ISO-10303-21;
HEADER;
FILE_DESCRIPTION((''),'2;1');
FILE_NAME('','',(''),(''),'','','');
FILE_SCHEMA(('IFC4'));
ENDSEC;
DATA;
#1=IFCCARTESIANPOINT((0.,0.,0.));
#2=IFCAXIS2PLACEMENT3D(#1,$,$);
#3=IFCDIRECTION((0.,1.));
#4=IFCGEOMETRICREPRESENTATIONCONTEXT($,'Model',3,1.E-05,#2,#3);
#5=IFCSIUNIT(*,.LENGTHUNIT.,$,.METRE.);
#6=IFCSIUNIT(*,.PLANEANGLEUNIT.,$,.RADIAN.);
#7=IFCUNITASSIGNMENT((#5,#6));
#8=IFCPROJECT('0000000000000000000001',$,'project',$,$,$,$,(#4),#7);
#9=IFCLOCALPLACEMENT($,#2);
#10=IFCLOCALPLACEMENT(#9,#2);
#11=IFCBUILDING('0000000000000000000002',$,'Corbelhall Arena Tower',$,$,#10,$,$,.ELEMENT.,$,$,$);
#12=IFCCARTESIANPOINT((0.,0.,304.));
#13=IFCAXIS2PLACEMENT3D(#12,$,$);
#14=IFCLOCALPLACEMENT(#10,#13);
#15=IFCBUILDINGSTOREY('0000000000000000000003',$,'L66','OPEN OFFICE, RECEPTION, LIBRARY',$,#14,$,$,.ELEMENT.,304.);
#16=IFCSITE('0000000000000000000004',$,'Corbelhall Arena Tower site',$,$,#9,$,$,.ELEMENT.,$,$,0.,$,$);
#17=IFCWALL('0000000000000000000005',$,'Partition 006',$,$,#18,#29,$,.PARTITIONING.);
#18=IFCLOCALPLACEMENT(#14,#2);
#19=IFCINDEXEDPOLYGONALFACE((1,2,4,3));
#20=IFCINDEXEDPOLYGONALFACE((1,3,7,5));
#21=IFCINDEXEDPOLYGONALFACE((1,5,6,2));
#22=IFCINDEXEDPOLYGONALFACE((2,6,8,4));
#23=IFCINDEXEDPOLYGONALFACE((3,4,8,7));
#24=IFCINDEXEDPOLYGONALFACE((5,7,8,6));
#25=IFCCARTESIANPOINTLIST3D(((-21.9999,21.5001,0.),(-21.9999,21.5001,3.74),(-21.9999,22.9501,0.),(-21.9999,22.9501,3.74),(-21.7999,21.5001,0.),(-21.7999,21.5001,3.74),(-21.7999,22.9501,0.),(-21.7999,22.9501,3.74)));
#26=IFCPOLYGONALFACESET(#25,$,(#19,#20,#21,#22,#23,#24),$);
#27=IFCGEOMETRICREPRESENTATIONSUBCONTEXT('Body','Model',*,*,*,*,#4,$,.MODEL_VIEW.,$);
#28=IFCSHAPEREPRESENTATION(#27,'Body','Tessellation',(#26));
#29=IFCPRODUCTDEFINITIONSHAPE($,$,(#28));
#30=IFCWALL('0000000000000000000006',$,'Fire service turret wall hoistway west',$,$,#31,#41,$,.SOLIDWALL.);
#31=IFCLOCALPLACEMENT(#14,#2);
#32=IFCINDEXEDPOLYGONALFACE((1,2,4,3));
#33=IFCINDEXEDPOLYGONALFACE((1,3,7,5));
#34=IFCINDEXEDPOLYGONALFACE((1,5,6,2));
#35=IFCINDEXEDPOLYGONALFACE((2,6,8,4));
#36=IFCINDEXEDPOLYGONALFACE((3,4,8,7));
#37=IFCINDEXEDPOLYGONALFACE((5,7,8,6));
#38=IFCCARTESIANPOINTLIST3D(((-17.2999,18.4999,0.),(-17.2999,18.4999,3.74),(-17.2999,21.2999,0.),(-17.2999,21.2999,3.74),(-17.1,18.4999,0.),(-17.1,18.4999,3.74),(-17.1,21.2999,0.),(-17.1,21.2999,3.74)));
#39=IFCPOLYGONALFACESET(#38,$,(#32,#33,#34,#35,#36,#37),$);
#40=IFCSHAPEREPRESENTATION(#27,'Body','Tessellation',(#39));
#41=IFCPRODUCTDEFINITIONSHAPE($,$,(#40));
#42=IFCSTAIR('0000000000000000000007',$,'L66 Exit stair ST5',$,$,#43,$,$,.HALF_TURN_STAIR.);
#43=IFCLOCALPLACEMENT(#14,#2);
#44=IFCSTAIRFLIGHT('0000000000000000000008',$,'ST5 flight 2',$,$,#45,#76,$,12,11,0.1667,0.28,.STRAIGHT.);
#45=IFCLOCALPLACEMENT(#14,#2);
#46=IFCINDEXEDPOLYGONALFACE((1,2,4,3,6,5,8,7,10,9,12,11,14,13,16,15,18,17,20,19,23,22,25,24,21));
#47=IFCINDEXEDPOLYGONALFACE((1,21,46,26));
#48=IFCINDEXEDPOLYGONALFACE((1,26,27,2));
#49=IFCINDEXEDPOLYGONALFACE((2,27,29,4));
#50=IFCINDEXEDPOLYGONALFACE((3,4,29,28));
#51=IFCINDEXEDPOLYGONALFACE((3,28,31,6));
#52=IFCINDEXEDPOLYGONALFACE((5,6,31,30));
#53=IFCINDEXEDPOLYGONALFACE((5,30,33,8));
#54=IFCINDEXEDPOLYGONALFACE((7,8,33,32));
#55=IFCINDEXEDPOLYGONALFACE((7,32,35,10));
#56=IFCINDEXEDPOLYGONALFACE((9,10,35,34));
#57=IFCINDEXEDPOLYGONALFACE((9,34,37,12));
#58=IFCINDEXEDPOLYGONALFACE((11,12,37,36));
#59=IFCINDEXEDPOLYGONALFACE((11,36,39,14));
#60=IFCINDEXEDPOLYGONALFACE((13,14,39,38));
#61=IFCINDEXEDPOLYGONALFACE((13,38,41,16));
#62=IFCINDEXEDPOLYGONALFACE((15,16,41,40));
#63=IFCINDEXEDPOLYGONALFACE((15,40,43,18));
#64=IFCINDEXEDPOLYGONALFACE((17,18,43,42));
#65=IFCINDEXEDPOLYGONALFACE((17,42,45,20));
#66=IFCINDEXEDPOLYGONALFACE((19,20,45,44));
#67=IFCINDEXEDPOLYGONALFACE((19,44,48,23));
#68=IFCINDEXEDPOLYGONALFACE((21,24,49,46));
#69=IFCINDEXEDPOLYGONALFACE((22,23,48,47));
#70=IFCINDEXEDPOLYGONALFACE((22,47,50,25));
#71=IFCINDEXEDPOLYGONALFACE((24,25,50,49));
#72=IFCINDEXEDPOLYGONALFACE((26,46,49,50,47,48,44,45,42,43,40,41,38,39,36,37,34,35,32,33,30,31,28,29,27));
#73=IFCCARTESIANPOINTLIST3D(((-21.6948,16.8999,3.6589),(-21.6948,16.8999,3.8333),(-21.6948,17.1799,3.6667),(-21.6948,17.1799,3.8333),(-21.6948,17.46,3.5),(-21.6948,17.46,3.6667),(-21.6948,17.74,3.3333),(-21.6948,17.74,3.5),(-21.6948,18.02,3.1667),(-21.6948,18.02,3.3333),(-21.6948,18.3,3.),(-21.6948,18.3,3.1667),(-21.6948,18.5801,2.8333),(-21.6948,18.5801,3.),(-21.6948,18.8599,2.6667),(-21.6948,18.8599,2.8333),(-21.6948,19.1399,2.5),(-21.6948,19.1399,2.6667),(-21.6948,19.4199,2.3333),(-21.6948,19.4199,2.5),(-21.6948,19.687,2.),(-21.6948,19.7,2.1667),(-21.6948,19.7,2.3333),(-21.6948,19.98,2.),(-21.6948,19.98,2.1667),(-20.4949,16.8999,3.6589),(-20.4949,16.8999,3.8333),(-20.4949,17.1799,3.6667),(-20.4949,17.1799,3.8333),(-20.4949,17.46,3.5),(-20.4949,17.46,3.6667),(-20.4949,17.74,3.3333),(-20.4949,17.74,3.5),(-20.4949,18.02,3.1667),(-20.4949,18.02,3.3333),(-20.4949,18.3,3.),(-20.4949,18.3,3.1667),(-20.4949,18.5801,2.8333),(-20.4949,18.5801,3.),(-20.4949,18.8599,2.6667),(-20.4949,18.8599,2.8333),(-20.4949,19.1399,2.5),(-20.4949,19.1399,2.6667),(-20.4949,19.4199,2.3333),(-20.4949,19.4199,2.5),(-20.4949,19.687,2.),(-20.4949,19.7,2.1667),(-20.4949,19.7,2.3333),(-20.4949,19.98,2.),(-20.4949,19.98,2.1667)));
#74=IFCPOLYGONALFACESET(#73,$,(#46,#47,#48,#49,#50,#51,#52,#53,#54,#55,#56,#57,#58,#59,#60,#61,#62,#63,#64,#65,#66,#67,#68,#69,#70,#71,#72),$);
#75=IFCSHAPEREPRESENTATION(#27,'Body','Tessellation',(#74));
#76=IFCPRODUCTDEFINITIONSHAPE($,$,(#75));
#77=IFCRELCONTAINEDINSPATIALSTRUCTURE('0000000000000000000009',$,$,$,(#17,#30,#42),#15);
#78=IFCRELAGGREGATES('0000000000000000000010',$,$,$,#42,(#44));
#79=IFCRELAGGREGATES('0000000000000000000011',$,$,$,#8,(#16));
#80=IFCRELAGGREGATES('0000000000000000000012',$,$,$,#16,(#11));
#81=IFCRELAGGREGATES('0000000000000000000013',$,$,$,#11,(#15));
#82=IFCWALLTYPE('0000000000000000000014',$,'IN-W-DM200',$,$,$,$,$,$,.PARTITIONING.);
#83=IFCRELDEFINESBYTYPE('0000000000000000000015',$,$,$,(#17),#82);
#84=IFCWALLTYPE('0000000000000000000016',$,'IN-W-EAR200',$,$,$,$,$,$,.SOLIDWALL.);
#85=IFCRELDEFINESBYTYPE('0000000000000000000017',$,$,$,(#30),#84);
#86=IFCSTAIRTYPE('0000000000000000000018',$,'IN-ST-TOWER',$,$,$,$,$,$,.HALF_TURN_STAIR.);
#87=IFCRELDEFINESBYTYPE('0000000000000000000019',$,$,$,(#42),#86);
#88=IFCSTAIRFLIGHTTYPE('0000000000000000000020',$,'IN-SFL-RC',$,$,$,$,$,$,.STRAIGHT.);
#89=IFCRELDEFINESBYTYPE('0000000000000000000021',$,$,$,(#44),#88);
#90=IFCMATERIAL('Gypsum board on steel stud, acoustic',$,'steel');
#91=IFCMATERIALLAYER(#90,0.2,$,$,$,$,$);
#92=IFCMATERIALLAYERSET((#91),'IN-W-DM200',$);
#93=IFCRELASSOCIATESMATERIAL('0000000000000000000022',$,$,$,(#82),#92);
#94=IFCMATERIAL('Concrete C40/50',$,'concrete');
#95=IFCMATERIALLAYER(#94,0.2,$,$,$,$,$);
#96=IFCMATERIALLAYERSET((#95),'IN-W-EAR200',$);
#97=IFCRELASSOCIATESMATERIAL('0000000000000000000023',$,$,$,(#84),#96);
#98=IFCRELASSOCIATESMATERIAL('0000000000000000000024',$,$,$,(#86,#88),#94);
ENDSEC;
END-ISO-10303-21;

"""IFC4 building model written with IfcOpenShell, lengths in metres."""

from ifc_helpers import new_model, si_unit, direction, frame, frame_2d, origin, place, context, subcontext, project, spatial, polyline, rectangle, outline, extrude, material, layer, layer_set, type_object, element, aggregate, save


model = new_model("IFC4")

# Units and contexts
model_context = context("Model", 3, precision=1e-05, world=origin(), true_north=direction((0.0, 1.0)))
body_context = subcontext(model_context, "Body", "Model", "MODEL_VIEW")
ifc_project = project(units=[si_unit("LENGTHUNIT", "METRE"), si_unit("PLANEANGLEUNIT", "RADIAN")], contexts=[model_context])

# Site, building, storey
site_placement = place(None, origin())
site = spatial("IfcSite", under=ifc_project, at=site_placement, Name="Corbelhall Arena Tower site", CompositionType="ELEMENT", RefElevation=0.0)
building_placement = place(site_placement, origin())
building = spatial("IfcBuilding", under=site, at=building_placement, Name="Corbelhall Arena Tower", CompositionType="ELEMENT")
storey_placement = place(building_placement, frame((0.0, 0.0, 304.0)))
storey = spatial("IfcBuildingStorey", under=building, at=storey_placement, Name="L66", Description="OPEN OFFICE, RECEPTION, LIBRARY", CompositionType="ELEMENT", Elevation=304.0)

# Wall
ifc_material_1 = material(Name="Gypsum board on steel stud, acoustic", Category="steel")
ifc_layer_1 = layer(ifc_material_1, 0.2)
ifc_layer_set_1 = layer_set([ifc_layer_1], Name="IN-W-DM200")
wall_type_1 = type_object("IfcWallType", Name="IN-W-DM200", PredefinedType="PARTITIONING", material=ifc_layer_set_1)
wall_1_placement = place(storey_placement, frame((-21.8999, 21.5, 0.0), z_axis=(0.0, 0.0, 1.0), x_axis=(0.0, 1.0, 0.0)))
element("IfcWall", 1, at=wall_1_placement, inside=storey, type_object=wall_type_1, Name="Partition 006", PredefinedType="PARTITIONING", context=body_context, shape_type="SweptSolid", body=[
    extrude(rectangle(XDim=1.45, YDim=0.2, at=frame_2d((0.7251, 0.0))), origin(), (0.0, 0.0, 1.0), 3.74),
])

# Shared definitions
ifc_material_2 = material(Name="Concrete C40/50", Category="concrete")
ifc_layer_2 = layer(ifc_material_2, 0.2)
ifc_layer_set_2 = layer_set([ifc_layer_2], Name="IN-W-EAR200")
wall_type_2 = type_object("IfcWallType", Name="IN-W-EAR200", PredefinedType="SOLIDWALL", material=ifc_layer_set_2)

# Wall
wall_2_placement = place(storey_placement, frame((-17.2, 18.5, 0.0), z_axis=(0.0, 0.0, 1.0), x_axis=(0.0, 1.0, 0.0)))
element("IfcWall", 2, at=wall_2_placement, inside=storey, type_object=wall_type_2, Name="Fire service turret wall hoistway west", PredefinedType="SOLIDWALL", context=body_context, shape_type="SweptSolid", body=[
    extrude(rectangle(XDim=2.8, YDim=0.2, at=frame_2d((1.3999, 0.0))), origin(), (0.0, 0.0, 1.0), 3.74),
])

# Stair, stair flight
stair_type = type_object("IfcStairType", Name="IN-ST-TOWER", PredefinedType="HALF_TURN_STAIR", material=ifc_material_2)
stair_placement = place(storey_placement, origin())
stair = element("IfcStair", 3, at=stair_placement, inside=storey, type_object=stair_type, Name="L66 Exit stair ST5", PredefinedType="HALF_TURN_STAIR")
stair_flight_type = type_object("IfcStairFlightType", Name="IN-SFL-RC", PredefinedType="STRAIGHT", material=ifc_material_2)
stair_flight_placement = place(storey_placement, frame((-21.095, 19.98, 2.0), z_axis=(0.0, 0.0, 1.0), x_axis=(0.0, -1.0, 0.0)))
stair_flight = element("IfcStairFlight", 4, at=stair_flight_placement, type_object=stair_flight_type, Name="ST5 flight 2", NumberOfRisers=12, NumberOfTreads=11, PredefinedType="STRAIGHT", RiserHeight=0.1667, TreadLength=0.28, context=body_context, shape_type="SweptSolid", body=[
    extrude(outline(polyline([(0.0, 0.0), (0.0, 0.1667), (0.28, 0.1667), (0.28, 0.3333), (0.5601, 0.3333), (0.5601, 0.5), (0.8401, 0.5), (0.8401, 0.6667), (1.1201, 0.6667), (1.1201, 0.8333), (1.3999, 0.8333), (1.3999, 1.0), (1.6799, 1.0), (1.6799, 1.1667), (1.96, 1.1667), (1.96, 1.3333), (2.24, 1.3333), (2.24, 1.5), (2.52, 1.5), (2.52, 1.6667), (2.8, 1.6667), (2.8, 1.8333), (3.0801, 1.8333), (3.0801, 2.0), (3.0801, 1.6589), (0.293, 0.0), (0.0, 0.0)])), frame((0.0, 0.6001, 0.0), z_axis=(0.0, -1.0, 0.0), x_axis=(1.0, 0.0, 0.0)), (0.0, 0.0, 1.0), 1.2),
])
aggregate(stair, [stair_flight])

save(model, "model.ifc")
